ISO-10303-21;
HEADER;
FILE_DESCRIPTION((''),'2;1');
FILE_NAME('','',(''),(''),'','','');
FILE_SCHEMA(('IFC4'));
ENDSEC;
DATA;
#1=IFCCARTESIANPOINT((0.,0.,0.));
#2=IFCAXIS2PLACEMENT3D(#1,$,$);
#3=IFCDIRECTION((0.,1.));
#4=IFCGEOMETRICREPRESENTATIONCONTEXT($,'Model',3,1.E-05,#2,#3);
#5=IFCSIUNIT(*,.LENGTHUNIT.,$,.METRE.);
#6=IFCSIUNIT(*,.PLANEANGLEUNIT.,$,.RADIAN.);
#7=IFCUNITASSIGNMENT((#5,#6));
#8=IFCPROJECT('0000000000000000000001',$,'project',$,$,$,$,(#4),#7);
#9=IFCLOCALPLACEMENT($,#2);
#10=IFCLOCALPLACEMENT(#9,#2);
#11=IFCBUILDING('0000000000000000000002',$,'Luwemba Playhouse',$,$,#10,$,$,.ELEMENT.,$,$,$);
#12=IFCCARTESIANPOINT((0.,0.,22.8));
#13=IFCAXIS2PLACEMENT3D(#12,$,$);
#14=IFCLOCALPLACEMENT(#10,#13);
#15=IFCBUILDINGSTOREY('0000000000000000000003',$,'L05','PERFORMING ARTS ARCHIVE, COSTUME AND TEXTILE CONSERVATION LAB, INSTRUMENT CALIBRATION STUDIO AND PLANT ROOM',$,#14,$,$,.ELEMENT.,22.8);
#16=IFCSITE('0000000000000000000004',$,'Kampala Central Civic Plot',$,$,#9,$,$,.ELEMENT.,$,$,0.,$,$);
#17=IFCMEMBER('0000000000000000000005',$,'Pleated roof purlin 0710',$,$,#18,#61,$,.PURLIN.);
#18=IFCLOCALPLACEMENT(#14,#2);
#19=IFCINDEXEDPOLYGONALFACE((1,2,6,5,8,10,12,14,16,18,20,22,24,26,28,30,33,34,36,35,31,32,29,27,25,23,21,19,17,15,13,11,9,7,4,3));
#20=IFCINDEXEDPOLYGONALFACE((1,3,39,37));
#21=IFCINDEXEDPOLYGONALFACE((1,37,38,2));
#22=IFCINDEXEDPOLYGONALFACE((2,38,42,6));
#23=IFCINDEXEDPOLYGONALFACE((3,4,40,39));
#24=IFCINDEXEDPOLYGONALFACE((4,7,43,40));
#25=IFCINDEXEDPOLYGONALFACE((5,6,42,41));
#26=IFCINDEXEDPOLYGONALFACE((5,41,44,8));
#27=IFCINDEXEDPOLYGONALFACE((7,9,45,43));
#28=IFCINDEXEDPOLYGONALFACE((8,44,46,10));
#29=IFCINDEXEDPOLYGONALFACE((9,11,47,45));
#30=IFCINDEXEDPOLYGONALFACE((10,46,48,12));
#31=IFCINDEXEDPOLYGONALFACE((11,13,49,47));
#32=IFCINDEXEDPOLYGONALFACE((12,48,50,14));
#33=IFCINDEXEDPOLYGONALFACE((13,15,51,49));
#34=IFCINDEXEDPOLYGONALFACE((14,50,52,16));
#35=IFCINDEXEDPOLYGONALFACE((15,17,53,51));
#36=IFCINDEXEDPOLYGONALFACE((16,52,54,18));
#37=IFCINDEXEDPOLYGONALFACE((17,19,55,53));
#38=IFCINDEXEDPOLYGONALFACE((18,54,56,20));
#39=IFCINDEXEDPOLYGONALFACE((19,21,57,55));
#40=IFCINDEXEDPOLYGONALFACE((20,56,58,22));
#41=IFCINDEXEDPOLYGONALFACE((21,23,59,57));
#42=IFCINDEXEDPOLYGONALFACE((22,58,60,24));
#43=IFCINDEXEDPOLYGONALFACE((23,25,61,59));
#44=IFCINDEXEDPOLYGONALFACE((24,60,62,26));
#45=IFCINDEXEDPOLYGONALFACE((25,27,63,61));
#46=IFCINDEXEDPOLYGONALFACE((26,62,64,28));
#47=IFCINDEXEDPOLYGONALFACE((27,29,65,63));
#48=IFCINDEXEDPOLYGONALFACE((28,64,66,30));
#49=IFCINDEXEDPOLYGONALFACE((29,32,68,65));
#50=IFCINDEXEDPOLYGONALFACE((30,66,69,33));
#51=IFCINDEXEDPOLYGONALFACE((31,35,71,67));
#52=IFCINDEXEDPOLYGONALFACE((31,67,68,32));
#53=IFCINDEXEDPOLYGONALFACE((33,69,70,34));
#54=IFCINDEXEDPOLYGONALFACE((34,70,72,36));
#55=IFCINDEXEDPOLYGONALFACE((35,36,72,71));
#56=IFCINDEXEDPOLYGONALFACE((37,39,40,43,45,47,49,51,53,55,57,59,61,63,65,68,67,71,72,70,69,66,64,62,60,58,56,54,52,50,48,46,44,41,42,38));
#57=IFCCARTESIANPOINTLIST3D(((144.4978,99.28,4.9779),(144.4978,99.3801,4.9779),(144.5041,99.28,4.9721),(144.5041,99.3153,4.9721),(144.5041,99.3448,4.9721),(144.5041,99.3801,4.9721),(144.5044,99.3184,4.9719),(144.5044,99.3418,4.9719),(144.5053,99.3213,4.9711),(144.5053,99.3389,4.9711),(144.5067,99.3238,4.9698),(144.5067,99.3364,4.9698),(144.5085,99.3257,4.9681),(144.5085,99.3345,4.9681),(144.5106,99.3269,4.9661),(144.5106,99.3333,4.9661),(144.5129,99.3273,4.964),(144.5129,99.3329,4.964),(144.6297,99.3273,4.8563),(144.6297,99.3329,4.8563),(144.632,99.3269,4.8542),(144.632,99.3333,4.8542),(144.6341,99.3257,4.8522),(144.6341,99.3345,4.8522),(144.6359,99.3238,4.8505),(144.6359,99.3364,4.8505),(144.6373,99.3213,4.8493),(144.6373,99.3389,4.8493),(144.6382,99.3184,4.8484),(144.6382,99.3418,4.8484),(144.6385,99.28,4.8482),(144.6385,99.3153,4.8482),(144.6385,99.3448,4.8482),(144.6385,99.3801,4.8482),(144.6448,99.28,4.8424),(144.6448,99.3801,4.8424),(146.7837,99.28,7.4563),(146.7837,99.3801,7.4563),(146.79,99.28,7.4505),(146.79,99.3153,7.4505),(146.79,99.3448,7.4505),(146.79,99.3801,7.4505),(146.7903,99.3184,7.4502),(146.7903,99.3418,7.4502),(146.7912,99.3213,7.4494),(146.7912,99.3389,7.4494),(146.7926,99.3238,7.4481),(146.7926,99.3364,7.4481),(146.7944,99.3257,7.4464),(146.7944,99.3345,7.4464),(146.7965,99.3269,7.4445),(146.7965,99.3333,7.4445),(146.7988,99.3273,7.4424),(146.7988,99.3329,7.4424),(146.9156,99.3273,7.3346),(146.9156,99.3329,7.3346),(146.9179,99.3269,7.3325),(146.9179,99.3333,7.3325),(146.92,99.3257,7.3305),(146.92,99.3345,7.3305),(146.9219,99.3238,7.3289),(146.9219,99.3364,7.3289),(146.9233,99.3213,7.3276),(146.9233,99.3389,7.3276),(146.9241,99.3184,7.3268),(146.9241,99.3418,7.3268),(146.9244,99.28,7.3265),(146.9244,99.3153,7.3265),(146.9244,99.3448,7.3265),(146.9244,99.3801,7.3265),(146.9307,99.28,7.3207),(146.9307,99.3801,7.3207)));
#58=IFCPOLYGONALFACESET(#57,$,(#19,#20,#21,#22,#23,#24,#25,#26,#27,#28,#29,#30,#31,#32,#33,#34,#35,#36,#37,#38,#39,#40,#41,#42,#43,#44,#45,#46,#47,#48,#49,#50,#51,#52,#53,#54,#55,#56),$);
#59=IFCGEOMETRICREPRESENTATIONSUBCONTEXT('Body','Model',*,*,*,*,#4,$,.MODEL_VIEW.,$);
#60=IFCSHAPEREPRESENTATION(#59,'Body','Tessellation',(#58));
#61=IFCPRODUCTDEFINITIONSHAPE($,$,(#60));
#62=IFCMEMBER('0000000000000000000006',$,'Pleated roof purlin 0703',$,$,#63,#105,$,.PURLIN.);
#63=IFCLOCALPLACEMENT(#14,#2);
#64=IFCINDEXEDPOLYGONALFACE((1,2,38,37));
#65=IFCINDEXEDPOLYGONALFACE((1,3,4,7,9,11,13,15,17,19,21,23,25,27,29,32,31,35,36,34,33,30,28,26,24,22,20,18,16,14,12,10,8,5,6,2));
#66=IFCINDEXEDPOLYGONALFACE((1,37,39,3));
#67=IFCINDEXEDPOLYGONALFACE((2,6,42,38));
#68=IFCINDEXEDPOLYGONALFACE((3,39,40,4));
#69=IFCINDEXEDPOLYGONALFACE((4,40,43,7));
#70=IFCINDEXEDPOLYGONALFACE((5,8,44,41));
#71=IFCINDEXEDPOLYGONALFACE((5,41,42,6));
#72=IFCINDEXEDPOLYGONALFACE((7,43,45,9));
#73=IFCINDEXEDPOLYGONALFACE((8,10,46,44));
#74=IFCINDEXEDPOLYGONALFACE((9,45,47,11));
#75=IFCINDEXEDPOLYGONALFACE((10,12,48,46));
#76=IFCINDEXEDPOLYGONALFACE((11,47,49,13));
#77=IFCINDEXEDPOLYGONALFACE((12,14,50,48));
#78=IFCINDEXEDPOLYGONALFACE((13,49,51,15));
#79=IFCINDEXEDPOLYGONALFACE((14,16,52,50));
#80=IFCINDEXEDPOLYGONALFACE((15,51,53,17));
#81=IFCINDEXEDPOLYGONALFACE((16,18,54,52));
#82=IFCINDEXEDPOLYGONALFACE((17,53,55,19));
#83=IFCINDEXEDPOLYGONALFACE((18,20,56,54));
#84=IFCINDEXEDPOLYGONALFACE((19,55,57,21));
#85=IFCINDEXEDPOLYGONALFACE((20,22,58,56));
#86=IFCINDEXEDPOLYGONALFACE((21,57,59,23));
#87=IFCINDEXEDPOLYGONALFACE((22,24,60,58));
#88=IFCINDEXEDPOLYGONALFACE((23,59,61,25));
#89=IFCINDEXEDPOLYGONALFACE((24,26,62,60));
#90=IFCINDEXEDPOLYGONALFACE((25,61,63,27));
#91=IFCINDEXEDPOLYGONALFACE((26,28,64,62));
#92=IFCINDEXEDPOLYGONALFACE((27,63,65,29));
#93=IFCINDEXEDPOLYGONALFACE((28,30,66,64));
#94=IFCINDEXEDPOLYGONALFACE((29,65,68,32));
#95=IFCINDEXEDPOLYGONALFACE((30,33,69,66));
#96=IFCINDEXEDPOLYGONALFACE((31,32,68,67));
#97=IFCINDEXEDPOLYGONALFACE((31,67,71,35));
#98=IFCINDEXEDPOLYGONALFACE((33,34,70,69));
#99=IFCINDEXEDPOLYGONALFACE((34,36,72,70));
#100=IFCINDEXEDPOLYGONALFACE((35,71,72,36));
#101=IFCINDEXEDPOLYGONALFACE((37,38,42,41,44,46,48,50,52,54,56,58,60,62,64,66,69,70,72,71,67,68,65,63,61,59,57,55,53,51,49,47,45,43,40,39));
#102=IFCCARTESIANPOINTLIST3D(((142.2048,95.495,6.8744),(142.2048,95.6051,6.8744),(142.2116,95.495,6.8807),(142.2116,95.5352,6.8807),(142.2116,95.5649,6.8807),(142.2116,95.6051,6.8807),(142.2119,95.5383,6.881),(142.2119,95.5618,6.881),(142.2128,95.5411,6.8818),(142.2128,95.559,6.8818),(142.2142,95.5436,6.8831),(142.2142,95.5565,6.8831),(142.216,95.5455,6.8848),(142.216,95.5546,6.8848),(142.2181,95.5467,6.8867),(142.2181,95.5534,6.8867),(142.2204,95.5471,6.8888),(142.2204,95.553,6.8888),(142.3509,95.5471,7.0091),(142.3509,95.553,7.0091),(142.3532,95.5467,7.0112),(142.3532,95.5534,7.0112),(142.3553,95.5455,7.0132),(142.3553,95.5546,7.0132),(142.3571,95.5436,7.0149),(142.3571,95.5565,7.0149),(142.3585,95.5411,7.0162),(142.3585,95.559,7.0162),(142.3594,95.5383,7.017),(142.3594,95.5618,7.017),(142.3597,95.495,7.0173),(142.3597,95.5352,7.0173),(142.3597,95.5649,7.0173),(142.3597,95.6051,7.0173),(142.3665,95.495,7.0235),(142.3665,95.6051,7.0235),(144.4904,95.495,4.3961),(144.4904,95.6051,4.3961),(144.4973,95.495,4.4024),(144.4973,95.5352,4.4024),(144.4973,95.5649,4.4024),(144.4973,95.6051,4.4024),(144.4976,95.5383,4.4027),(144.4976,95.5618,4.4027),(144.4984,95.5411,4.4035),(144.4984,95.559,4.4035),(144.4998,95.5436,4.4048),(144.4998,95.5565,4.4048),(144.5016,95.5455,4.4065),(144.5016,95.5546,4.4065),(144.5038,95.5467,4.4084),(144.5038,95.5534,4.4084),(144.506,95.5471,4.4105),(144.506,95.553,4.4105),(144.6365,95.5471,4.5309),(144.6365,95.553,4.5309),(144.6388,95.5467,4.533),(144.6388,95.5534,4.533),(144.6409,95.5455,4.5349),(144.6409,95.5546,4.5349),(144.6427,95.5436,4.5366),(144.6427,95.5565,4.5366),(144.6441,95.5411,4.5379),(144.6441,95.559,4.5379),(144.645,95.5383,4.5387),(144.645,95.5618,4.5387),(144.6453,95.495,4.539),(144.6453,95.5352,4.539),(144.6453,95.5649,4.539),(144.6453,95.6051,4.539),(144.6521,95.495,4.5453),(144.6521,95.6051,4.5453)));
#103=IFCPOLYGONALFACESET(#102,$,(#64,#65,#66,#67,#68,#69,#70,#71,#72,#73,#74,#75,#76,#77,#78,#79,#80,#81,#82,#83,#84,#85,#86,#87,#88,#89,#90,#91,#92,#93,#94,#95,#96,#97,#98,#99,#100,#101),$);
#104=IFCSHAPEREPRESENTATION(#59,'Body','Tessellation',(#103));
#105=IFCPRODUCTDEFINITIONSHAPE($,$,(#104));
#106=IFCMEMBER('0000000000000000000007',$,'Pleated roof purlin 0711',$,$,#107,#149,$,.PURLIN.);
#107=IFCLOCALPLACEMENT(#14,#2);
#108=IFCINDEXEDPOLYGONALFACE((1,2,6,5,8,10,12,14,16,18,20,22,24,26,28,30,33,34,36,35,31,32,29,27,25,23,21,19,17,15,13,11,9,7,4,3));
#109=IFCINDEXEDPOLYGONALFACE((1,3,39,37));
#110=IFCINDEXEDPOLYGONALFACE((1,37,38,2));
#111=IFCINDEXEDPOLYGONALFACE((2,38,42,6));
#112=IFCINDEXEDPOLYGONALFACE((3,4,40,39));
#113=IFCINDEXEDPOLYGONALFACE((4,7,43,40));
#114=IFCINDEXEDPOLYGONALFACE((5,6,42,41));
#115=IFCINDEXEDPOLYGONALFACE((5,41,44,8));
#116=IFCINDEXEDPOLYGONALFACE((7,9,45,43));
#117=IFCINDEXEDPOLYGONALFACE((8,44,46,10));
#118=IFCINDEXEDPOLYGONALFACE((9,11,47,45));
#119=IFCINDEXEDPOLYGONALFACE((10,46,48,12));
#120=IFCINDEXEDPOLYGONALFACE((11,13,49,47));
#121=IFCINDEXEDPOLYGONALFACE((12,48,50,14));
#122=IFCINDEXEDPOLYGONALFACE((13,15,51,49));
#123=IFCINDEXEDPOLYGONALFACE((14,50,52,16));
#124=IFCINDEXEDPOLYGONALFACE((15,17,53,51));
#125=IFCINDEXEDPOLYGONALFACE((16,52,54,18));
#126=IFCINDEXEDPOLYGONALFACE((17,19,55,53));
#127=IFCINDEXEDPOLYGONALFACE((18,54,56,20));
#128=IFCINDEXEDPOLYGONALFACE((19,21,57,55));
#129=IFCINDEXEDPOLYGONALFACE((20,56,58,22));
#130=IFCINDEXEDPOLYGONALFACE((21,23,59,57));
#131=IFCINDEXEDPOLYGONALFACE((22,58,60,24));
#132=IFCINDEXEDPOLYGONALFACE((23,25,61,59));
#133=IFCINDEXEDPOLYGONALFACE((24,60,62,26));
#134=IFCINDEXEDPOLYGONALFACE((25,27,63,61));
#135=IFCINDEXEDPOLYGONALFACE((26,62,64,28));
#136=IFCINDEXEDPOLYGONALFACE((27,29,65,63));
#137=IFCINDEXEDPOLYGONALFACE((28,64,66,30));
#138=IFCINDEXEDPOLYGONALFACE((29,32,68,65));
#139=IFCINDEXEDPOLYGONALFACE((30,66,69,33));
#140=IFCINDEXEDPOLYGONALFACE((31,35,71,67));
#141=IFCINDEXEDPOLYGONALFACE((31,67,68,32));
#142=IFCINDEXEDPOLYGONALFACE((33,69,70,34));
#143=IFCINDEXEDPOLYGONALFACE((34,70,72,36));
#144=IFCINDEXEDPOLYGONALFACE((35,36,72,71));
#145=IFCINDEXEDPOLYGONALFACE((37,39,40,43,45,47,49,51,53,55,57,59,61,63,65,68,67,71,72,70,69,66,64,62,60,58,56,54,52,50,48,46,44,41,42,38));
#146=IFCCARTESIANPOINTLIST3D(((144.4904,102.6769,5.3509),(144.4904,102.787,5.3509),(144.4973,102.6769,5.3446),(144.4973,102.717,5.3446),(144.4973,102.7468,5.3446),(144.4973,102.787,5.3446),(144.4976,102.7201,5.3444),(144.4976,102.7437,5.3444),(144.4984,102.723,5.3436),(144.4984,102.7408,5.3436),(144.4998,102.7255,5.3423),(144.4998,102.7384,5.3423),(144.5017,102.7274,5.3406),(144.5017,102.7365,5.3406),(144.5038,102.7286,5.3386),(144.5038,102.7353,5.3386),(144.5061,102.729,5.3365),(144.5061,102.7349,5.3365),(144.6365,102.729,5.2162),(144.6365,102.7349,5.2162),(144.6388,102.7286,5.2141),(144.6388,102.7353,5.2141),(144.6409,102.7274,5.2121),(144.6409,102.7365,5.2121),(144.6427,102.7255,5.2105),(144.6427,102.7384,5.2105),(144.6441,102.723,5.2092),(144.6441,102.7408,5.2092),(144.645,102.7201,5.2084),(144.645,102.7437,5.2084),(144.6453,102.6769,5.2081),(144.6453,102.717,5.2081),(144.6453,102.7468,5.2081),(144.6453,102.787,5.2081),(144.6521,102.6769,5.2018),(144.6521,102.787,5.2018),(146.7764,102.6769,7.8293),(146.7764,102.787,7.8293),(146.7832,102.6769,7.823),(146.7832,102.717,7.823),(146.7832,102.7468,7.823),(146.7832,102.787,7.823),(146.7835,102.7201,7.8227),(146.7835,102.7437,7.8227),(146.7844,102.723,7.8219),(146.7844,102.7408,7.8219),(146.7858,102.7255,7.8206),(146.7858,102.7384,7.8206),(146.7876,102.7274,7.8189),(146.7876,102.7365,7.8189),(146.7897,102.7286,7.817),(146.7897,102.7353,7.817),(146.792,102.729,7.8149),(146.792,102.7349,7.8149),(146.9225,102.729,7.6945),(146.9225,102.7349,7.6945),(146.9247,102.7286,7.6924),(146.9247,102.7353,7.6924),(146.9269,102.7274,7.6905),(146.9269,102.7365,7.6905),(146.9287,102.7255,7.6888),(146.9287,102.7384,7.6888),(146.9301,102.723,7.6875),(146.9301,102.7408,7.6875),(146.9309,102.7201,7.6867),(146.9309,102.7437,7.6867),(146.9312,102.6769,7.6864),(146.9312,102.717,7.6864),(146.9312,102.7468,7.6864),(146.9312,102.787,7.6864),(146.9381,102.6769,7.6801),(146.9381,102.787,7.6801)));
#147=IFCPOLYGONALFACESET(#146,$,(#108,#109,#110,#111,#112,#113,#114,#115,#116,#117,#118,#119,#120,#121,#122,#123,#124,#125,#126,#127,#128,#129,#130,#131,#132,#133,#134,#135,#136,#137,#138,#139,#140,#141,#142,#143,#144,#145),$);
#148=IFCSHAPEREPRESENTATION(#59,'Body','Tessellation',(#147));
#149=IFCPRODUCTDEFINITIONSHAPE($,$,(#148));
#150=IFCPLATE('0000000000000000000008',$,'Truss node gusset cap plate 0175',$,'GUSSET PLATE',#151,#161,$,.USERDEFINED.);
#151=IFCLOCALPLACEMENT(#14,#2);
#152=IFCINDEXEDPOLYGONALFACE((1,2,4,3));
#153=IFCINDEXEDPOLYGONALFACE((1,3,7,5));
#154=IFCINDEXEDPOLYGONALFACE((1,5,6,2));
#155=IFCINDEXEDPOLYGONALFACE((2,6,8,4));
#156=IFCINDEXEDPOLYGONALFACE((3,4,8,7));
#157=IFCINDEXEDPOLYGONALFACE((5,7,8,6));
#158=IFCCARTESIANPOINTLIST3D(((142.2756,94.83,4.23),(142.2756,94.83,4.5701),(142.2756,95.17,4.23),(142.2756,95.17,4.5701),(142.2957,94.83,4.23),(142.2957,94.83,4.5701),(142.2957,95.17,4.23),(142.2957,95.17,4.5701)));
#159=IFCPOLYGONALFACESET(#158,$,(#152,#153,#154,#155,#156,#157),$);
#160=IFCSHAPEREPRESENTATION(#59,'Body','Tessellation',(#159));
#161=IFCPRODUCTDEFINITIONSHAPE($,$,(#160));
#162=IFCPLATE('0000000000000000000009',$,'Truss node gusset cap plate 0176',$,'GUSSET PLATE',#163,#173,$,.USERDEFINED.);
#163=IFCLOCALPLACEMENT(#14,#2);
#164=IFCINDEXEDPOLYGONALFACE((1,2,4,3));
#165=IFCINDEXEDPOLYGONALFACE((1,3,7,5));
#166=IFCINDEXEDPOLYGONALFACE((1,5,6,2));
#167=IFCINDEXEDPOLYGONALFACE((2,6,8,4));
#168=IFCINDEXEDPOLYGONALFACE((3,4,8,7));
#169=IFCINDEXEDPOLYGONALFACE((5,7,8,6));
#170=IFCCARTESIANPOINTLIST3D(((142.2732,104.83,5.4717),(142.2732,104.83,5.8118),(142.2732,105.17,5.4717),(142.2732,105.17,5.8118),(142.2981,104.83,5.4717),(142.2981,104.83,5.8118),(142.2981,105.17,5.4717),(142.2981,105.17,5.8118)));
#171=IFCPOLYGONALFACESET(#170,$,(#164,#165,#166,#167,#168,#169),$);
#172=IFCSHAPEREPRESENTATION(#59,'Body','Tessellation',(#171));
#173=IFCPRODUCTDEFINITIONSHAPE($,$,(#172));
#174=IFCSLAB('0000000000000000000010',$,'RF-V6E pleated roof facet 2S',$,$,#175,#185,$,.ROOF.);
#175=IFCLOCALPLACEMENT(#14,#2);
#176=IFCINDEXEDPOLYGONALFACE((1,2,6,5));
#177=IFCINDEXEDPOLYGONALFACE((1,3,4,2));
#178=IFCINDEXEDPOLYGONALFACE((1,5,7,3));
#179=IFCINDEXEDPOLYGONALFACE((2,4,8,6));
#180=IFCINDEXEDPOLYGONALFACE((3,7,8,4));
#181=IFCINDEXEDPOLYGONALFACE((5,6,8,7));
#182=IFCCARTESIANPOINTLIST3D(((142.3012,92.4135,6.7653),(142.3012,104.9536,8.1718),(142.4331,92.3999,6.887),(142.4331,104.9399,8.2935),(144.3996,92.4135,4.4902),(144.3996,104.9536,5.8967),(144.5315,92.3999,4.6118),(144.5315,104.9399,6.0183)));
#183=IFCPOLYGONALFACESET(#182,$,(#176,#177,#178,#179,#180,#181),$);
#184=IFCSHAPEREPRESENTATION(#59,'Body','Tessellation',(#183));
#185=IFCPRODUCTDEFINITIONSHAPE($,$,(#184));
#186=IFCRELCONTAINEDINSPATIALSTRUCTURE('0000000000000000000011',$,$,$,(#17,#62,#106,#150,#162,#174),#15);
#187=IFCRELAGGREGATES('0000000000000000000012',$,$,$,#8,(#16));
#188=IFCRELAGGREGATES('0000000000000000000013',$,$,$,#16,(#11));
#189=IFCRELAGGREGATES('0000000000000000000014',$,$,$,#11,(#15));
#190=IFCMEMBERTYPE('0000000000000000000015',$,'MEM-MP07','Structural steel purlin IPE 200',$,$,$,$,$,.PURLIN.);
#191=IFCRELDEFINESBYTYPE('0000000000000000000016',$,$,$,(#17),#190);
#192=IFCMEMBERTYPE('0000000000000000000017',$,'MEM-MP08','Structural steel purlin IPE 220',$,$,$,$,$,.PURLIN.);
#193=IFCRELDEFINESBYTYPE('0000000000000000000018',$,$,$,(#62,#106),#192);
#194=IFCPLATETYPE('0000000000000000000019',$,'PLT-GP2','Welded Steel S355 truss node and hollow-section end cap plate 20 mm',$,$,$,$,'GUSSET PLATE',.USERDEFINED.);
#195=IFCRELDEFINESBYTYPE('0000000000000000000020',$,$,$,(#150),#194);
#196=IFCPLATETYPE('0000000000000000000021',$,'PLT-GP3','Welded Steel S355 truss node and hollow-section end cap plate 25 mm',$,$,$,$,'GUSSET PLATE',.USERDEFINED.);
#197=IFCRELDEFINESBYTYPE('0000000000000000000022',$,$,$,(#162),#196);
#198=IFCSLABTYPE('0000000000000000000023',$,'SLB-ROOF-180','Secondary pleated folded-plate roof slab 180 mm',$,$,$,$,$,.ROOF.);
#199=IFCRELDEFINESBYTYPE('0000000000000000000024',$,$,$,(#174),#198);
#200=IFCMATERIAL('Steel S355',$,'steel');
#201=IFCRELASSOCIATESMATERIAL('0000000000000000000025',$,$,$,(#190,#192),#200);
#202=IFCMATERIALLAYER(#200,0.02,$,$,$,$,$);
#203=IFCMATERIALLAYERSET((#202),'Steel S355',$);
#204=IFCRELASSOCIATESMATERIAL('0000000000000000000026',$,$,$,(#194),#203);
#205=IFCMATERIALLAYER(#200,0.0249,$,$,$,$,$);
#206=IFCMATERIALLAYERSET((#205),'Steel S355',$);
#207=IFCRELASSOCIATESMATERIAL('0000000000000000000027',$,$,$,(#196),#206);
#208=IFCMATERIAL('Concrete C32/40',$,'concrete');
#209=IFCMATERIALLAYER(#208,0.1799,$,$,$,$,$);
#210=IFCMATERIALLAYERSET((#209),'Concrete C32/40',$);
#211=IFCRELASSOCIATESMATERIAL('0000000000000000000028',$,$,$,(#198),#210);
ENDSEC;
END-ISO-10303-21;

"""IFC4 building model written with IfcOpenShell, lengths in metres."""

from ifc_helpers import new_model, si_unit, direction, frame, origin, origin_2d, place, context, subcontext, project, spatial, polyline, rectangle, i_section, outline, extrude, material, layer, layer_set, material_profile, profile_set, type_object, element, save


model = new_model("IFC4")

# Units and contexts
model_context = context("Model", 3, precision=1e-05, world=origin(), true_north=direction((0.0, 1.0)))
body_context = subcontext(model_context, "Body", "Model", "MODEL_VIEW")
ifc_project = project(units=[si_unit("LENGTHUNIT", "METRE"), si_unit("PLANEANGLEUNIT", "RADIAN")], contexts=[model_context])

# Site, building, storey
site_placement = place(None, origin())
site = spatial("IfcSite", under=ifc_project, at=site_placement, Name="Kampala Central Civic Plot", CompositionType="ELEMENT", RefElevation=0.0)
building_placement = place(site_placement, origin())
building = spatial("IfcBuilding", under=site, at=building_placement, Name="Luwemba Playhouse", CompositionType="ELEMENT")
storey_placement = place(building_placement, frame((0.0, 0.0, 22.8)))
storey = spatial("IfcBuildingStorey", under=building, at=storey_placement, Name="L05", Description="PERFORMING ARTS ARCHIVE, COSTUME AND TEXTILE CONSERVATION LAB, INSTRUMENT CALIBRATION STUDIO AND PLANT ROOM", CompositionType="ELEMENT", Elevation=22.8)

# Shared definitions
ifc_material_1 = material(Name="Steel S355", Category="steel")

# Members
ifc_material_profile_1 = material_profile(ifc_material_1, i_section(OverallWidth=0.1001, OverallDepth=0.2, WebThickness=0.0056, FlangeThickness=0.0085, FilletRadius=0.012, at=origin_2d()))
ifc_profile_set_1 = profile_set([ifc_material_profile_1], Name="Steel S355")
member_type_1 = type_object("IfcMemberType", Name="MEM-MP07", Description="Structural steel purlin IPE 200", PredefinedType="PURLIN", material=ifc_profile_set_1)
member_1_placement = place(storey_placement, frame((144.5713, 99.3301, 4.9102), z_axis=(0.678, 0.0, 0.735062), x_axis=(0.0, 1.0, 0.0)))
element("IfcMember", 1, at=member_1_placement, inside=storey, type_object=member_type_1, Name="Pleated roof purlin 0710", PredefinedType="PURLIN", context=body_context, shape_type="SweptSolid", body=[
    extrude(i_section(OverallWidth=0.1001, OverallDepth=0.2, WebThickness=0.0056, FlangeThickness=0.0085, FilletRadius=0.012, at=origin_2d()), origin(), (0.0, 0.0, 1.0), 3.3716),
])
ifc_material_profile_2 = material_profile(ifc_material_1, i_section(OverallWidth=0.1101, OverallDepth=0.22, WebThickness=0.0059, FlangeThickness=0.0093, FilletRadius=0.012, at=origin_2d()))
ifc_profile_set_2 = profile_set([ifc_material_profile_2], Name="Steel S355")
member_type_2 = type_object("IfcMemberType", Name="MEM-MP08", Description="Structural steel purlin IPE 220", PredefinedType="PURLIN", material=ifc_profile_set_2)
member_2_placement = place(storey_placement, frame((142.2856, 95.55, 6.949), z_axis=(0.677961, 0.0, -0.735098), x_axis=(0.0, 1.0, 0.0)))
element("IfcMember", 2, at=member_2_placement, inside=storey, type_object=member_type_2, Name="Pleated roof purlin 0703", PredefinedType="PURLIN", context=body_context, shape_type="SweptSolid", body=[
    extrude(i_section(OverallWidth=0.1101, OverallDepth=0.22, WebThickness=0.0059, FlangeThickness=0.0093, FilletRadius=0.012, at=origin_2d()), origin(), (0.0, 0.0, 1.0), 3.3713),
])
member_3_placement = place(storey_placement, frame((144.5713, 102.7319, 5.2764), z_axis=(0.678, 0.0, 0.735062), x_axis=(0.0, 1.0, 0.0)))
element("IfcMember", 3, at=member_3_placement, inside=storey, type_object=member_type_2, Name="Pleated roof purlin 0711", PredefinedType="PURLIN", context=body_context, shape_type="SweptSolid", body=[
    extrude(i_section(OverallWidth=0.1101, OverallDepth=0.22, WebThickness=0.0059, FlangeThickness=0.0093, FilletRadius=0.012, at=origin_2d()), origin(), (0.0, 0.0, 1.0), 3.3716),
])

# Plates
ifc_layer_1 = layer(ifc_material_1, 0.02)
ifc_layer_set_1 = layer_set([ifc_layer_1], Name="Steel S355")
plate_type_1 = type_object("IfcPlateType", Name="PLT-GP2", Description="Welded Steel S355 truss node and hollow-section end cap plate 20 mm", ElementType="GUSSET PLATE", PredefinedType="USERDEFINED", material=ifc_layer_set_1)
plate_1_placement = place(storey_placement, frame((142.2856, 95.0, 4.23), z_axis=(0.0, 0.0, 1.0), x_axis=(1.0, 0.0, 0.0)))
element("IfcPlate", 4, at=plate_1_placement, inside=storey, type_object=plate_type_1, Name="Truss node gusset cap plate 0175", ObjectType="GUSSET PLATE", PredefinedType="USERDEFINED", context=body_context, shape_type="SweptSolid", body=[
    extrude(rectangle(XDim=0.02, YDim=0.3401, at=origin_2d()), origin(), (0.0, 0.0, 1.0), 0.3401),
])
ifc_layer_2 = layer(ifc_material_1, 0.0249)
ifc_layer_set_2 = layer_set([ifc_layer_2], Name="Steel S355")
plate_type_2 = type_object("IfcPlateType", Name="PLT-GP3", Description="Welded Steel S355 truss node and hollow-section end cap plate 25 mm", ElementType="GUSSET PLATE", PredefinedType="USERDEFINED", material=ifc_layer_set_2)
plate_2_placement = place(storey_placement, frame((142.2856, 105.0, 5.4717), z_axis=(0.0, 0.0, 1.0), x_axis=(1.0, 0.0, 0.0)))
element("IfcPlate", 5, at=plate_2_placement, inside=storey, type_object=plate_type_2, Name="Truss node gusset cap plate 0176", ObjectType="GUSSET PLATE", PredefinedType="USERDEFINED", context=body_context, shape_type="SweptSolid", body=[
    extrude(rectangle(XDim=0.0249, YDim=0.3401, at=origin_2d()), origin(), (0.0, 0.0, 1.0), 0.3401),
])

# Slab
ifc_material_2 = material(Name="Concrete C32/40", Category="concrete")
ifc_layer_3 = layer(ifc_material_2, 0.1799)
ifc_layer_set_3 = layer_set([ifc_layer_3], Name="Concrete C32/40")
slab_type = type_object("IfcSlabType", Name="SLB-ROOF-180", Description="Secondary pleated folded-plate roof slab 180 mm", PredefinedType="ROOF", material=ifc_layer_set_3)
slab_1_placement = place(storey_placement, frame((142.4331, 92.3999, 6.887), z_axis=(0.732969, -0.075823, 0.676024), x_axis=(0.677975, 0.0, -0.735085)))
element("IfcSlab", 6, at=slab_1_placement, inside=storey, type_object=slab_type, Name="RF-V6E pleated roof facet 2S", PredefinedType="ROOF", context=body_context, shape_type="SweptSolid", body=[
    extrude(outline(polyline([(0.0, 0.0), (3.0951, 0.0), (2.0612, 12.5762), (-1.0339, 12.5762), (0.0, 0.0)])), origin(), (0.0, 0.0, -1.0), 0.1799),
])

save(model, "model.ifc")
